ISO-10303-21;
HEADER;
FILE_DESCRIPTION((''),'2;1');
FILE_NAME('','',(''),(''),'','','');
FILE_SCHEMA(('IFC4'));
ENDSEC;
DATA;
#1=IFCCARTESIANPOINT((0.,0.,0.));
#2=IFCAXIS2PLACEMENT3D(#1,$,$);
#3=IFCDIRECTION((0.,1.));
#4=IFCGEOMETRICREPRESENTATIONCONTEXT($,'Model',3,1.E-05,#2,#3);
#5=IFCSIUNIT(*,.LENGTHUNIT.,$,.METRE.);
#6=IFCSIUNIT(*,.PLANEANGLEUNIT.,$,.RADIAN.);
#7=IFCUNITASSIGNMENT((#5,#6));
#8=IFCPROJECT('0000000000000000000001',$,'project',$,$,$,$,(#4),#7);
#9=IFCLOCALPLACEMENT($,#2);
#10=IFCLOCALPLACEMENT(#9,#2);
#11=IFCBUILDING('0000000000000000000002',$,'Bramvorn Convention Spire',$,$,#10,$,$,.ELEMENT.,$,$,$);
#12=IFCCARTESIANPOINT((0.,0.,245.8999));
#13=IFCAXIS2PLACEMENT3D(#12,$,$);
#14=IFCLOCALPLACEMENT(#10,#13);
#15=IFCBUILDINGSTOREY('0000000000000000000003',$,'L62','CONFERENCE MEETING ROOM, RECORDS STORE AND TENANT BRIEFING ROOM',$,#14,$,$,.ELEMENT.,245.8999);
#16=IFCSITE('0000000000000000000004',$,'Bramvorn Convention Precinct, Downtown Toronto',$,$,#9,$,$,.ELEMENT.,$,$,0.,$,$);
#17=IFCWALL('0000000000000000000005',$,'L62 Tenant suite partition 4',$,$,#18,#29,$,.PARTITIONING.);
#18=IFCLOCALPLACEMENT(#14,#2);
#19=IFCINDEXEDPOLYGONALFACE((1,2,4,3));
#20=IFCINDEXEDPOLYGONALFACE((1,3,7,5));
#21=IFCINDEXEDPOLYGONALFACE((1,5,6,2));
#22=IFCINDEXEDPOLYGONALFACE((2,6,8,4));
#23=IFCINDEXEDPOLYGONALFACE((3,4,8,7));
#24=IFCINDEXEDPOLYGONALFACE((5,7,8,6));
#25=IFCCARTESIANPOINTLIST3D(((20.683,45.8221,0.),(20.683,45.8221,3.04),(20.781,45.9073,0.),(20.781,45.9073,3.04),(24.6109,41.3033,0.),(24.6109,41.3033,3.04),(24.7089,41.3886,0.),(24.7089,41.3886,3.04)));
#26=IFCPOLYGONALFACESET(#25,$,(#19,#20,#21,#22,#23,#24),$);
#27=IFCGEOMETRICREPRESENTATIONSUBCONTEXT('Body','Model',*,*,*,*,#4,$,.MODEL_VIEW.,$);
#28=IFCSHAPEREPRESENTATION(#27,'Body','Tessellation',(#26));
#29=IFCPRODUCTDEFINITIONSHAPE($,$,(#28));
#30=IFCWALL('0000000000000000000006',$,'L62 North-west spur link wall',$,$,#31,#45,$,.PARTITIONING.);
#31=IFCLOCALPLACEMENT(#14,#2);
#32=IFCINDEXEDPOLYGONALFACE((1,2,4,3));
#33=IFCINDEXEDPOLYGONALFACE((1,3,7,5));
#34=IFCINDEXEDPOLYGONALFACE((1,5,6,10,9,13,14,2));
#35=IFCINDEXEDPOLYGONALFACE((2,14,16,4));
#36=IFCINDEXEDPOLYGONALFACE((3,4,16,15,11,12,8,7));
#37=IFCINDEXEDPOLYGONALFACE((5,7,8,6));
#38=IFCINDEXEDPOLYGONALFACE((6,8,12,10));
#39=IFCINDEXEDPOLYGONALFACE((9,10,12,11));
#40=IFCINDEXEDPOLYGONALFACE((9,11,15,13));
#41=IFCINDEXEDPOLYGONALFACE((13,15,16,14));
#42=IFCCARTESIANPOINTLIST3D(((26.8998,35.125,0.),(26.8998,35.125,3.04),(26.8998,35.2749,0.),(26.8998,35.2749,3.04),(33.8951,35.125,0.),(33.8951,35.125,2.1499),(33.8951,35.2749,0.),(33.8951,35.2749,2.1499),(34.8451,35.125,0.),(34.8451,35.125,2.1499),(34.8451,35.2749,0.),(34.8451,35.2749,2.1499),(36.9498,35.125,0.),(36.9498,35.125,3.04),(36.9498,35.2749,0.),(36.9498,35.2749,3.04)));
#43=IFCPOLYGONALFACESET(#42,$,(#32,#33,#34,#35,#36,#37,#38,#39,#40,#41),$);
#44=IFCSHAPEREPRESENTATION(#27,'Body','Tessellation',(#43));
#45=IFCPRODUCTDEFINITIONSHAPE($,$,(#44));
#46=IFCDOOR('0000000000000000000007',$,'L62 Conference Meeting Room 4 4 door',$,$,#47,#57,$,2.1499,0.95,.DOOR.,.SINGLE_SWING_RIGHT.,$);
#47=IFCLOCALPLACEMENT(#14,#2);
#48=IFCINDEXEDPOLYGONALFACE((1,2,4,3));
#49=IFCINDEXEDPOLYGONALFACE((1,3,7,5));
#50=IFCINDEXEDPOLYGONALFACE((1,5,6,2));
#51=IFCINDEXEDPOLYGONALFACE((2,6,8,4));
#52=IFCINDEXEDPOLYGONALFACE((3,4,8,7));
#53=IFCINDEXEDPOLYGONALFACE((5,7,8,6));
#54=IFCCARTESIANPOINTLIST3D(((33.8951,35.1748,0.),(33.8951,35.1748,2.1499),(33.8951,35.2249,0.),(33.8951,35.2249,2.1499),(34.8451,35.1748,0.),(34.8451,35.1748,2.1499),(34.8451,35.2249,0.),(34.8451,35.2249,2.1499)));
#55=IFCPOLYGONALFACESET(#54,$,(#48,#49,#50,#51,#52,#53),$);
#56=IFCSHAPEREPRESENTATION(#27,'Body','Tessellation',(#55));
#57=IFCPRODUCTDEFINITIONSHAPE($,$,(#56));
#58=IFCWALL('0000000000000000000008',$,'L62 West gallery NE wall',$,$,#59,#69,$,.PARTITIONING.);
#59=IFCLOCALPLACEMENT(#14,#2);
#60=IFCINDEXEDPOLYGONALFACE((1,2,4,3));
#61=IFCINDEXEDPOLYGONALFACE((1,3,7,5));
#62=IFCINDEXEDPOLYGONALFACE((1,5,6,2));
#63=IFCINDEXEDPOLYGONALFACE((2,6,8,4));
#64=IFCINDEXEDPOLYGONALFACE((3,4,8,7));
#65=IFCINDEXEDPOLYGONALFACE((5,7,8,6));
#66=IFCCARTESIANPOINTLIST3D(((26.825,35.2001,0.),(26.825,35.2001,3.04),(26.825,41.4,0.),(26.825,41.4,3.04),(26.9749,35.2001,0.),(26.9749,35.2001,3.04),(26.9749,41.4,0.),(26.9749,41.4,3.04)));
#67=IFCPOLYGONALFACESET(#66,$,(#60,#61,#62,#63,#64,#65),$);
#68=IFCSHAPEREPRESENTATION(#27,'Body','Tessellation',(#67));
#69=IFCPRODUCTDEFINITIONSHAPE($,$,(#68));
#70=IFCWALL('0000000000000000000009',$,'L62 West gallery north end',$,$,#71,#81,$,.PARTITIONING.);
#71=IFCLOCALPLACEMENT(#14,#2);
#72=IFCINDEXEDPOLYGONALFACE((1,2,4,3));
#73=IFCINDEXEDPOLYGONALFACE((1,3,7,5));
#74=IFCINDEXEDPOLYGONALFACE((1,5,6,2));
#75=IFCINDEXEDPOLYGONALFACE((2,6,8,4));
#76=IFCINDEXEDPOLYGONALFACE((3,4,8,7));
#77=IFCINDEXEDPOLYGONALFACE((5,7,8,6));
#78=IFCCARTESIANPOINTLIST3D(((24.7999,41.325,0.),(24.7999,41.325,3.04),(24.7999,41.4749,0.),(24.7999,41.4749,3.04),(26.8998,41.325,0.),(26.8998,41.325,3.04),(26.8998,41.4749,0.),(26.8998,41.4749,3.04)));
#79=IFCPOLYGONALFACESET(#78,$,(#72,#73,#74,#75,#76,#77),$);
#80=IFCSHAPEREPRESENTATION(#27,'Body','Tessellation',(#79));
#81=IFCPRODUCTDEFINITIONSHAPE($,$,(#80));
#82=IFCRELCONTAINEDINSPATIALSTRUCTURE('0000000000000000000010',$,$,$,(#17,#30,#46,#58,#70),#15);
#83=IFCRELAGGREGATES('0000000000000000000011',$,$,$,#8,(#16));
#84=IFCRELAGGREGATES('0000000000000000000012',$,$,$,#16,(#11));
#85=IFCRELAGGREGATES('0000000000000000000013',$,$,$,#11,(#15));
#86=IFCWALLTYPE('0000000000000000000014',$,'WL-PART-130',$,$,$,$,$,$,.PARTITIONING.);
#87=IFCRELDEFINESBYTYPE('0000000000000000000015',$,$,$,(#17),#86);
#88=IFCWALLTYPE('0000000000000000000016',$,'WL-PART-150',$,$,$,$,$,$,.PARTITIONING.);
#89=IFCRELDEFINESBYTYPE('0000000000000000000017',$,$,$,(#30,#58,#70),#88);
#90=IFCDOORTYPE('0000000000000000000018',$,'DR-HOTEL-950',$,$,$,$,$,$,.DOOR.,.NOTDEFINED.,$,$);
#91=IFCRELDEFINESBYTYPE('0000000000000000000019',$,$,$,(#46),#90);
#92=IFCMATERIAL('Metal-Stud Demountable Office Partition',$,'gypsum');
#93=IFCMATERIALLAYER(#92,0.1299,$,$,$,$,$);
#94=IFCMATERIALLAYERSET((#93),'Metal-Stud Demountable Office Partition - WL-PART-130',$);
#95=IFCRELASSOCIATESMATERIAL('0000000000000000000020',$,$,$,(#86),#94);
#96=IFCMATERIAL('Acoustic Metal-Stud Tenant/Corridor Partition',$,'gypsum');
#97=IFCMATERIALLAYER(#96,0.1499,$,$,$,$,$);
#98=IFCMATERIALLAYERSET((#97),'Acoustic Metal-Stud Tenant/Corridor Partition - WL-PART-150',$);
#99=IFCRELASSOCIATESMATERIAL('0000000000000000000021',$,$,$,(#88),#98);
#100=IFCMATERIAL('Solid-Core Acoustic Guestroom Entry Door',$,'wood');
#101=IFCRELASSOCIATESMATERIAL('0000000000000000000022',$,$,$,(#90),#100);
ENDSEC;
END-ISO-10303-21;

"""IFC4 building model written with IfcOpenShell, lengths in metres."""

from ifc_helpers import new_model, si_unit, direction, frame, frame_2d, origin, place, context, subcontext, project, spatial, rectangle, extrude, material, layer, layer_set, type_object, element, fill, save


model = new_model("IFC4")

# Units and contexts
model_context = context("Model", 3, precision=1e-05, world=origin(), true_north=direction((0.0, 1.0)))
body_context = subcontext(model_context, "Body", "Model", "MODEL_VIEW")
ifc_project = project(units=[si_unit("LENGTHUNIT", "METRE"), si_unit("PLANEANGLEUNIT", "RADIAN")], contexts=[model_context])

# Site, building, storey
site_placement = place(None, origin())
site = spatial("IfcSite", under=ifc_project, at=site_placement, Name="Bramvorn Convention Precinct, Downtown Toronto", CompositionType="ELEMENT", RefElevation=0.0)
building_placement = place(site_placement, origin())
building = spatial("IfcBuilding", under=site, at=building_placement, Name="Bramvorn Convention Spire", CompositionType="ELEMENT")
storey_placement = place(building_placement, frame((0.0, 0.0, 245.8999)))
storey = spatial("IfcBuildingStorey", under=building, at=storey_placement, Name="L62", Description="CONFERENCE MEETING ROOM, RECORDS STORE AND TENANT BRIEFING ROOM", CompositionType="ELEMENT", Elevation=245.8999)

# Wall
ifc_material_1 = material(Name="Metal-Stud Demountable Office Partition", Category="gypsum")
ifc_layer_1 = layer(ifc_material_1, 0.1299)
ifc_layer_set_1 = layer_set([ifc_layer_1], Name="Metal-Stud Demountable Office Partition - WL-PART-130")
wall_type_1 = type_object("IfcWallType", Name="WL-PART-130", PredefinedType="PARTITIONING", material=ifc_layer_set_1)
wall_1_placement = place(storey_placement, frame((24.6599, 41.3459, 0.0), z_axis=(0.0, 0.0, 1.0), x_axis=(-0.656044, 0.754722, 0.0)))
element("IfcWall", 1, at=wall_1_placement, inside=storey, type_object=wall_type_1, Name="L62 Tenant suite partition 4", PredefinedType="PARTITIONING", context=body_context, shape_type="SweptSolid", body=[
    extrude(rectangle(XDim=5.9873, YDim=0.1299, at=frame_2d((2.9937, 0.0))), origin(), (0.0, 0.0, 1.0), 3.04),
])

# Wall, opening, door
ifc_material_2 = material(Name="Acoustic Metal-Stud Tenant/Corridor Partition", Category="gypsum")
ifc_layer_2 = layer(ifc_material_2, 0.1499)
ifc_layer_set_2 = layer_set([ifc_layer_2], Name="Acoustic Metal-Stud Tenant/Corridor Partition - WL-PART-150")
wall_type_2 = type_object("IfcWallType", Name="WL-PART-150", PredefinedType="PARTITIONING", material=ifc_layer_set_2)
wall_2_placement = place(storey_placement, frame((26.8999, 35.2, 0.0), z_axis=(0.0, 0.0, 1.0), x_axis=(1.0, 0.0, 0.0)))
wall_2 = element("IfcWall", 2, at=wall_2_placement, inside=storey, type_object=wall_type_2, Name="L62 North-west spur link wall", PredefinedType="PARTITIONING", context=body_context, shape_type="SweptSolid", body=[
    extrude(rectangle(XDim=10.05, YDim=0.1499, at=frame_2d((5.0249, 0.0))), origin(), (0.0, 0.0, 1.0), 3.04),
])
opening_placement = place(wall_2_placement, frame((6.9951, 0.0, 0.0)))
opening = element("IfcOpeningElement", 3, at=opening_placement, cuts=wall_2, PredefinedType="OPENING", context=body_context, shape_type="SweptSolid", body=[
    extrude(rectangle(XDim=0.95, YDim=2.1499, at=frame_2d((0.4751, 1.075))), frame((0.0, 0.085, 0.0), z_axis=(0.0, -1.0, 0.0), x_axis=(1.0, 0.0, 0.0)), (0.0, 0.0, 1.0), 0.1699),
])
ifc_material_3 = material(Name="Solid-Core Acoustic Guestroom Entry Door", Category="wood")
door_type = type_object("IfcDoorType", Name="DR-HOTEL-950", OperationType="NOTDEFINED", PredefinedType="DOOR", material=ifc_material_3)
door_placement = place(opening_placement, origin())
door = element("IfcDoor", 4, at=door_placement, inside=storey, type_object=door_type, Name="L62 Conference Meeting Room 4 4 door", OperationType="SINGLE_SWING_RIGHT", OverallHeight=2.1499, OverallWidth=0.95, PredefinedType="DOOR", context=body_context, shape_type="SweptSolid", body=[
    extrude(rectangle(XDim=0.95, YDim=2.1499, at=frame_2d((0.4751, 1.075))), frame((0.0, 0.0249, 0.0), z_axis=(0.0, -1.0, 0.0), x_axis=(1.0, 0.0, 0.0)), (0.0, 0.0, 1.0), 0.05),
])
fill(opening, door)

# Walls
wall_3_placement = place(storey_placement, frame((26.8999, 35.2, 0.0), z_axis=(0.0, 0.0, 1.0), x_axis=(0.0, 1.0, 0.0)))
element("IfcWall", 5, at=wall_3_placement, inside=storey, type_object=wall_type_2, Name="L62 West gallery NE wall", PredefinedType="PARTITIONING", context=body_context, shape_type="SweptSolid", body=[
    extrude(rectangle(XDim=6.2, YDim=0.1499, at=frame_2d((3.1001, 0.0))), origin(), (0.0, 0.0, 1.0), 3.04),
])
wall_4_placement = place(storey_placement, frame((24.8, 41.3999, 0.0), z_axis=(0.0, 0.0, 1.0), x_axis=(1.0, 0.0, 0.0)))
element("IfcWall", 6, at=wall_4_placement, inside=storey, type_object=wall_type_2, Name="L62 West gallery north end", PredefinedType="PARTITIONING", context=body_context, shape_type="SweptSolid", body=[
    extrude(rectangle(XDim=2.0999, YDim=0.1499, at=frame_2d((1.0498, 0.0))), origin(), (0.0, 0.0, 1.0), 3.04),
])

save(model, "model.ifc")
